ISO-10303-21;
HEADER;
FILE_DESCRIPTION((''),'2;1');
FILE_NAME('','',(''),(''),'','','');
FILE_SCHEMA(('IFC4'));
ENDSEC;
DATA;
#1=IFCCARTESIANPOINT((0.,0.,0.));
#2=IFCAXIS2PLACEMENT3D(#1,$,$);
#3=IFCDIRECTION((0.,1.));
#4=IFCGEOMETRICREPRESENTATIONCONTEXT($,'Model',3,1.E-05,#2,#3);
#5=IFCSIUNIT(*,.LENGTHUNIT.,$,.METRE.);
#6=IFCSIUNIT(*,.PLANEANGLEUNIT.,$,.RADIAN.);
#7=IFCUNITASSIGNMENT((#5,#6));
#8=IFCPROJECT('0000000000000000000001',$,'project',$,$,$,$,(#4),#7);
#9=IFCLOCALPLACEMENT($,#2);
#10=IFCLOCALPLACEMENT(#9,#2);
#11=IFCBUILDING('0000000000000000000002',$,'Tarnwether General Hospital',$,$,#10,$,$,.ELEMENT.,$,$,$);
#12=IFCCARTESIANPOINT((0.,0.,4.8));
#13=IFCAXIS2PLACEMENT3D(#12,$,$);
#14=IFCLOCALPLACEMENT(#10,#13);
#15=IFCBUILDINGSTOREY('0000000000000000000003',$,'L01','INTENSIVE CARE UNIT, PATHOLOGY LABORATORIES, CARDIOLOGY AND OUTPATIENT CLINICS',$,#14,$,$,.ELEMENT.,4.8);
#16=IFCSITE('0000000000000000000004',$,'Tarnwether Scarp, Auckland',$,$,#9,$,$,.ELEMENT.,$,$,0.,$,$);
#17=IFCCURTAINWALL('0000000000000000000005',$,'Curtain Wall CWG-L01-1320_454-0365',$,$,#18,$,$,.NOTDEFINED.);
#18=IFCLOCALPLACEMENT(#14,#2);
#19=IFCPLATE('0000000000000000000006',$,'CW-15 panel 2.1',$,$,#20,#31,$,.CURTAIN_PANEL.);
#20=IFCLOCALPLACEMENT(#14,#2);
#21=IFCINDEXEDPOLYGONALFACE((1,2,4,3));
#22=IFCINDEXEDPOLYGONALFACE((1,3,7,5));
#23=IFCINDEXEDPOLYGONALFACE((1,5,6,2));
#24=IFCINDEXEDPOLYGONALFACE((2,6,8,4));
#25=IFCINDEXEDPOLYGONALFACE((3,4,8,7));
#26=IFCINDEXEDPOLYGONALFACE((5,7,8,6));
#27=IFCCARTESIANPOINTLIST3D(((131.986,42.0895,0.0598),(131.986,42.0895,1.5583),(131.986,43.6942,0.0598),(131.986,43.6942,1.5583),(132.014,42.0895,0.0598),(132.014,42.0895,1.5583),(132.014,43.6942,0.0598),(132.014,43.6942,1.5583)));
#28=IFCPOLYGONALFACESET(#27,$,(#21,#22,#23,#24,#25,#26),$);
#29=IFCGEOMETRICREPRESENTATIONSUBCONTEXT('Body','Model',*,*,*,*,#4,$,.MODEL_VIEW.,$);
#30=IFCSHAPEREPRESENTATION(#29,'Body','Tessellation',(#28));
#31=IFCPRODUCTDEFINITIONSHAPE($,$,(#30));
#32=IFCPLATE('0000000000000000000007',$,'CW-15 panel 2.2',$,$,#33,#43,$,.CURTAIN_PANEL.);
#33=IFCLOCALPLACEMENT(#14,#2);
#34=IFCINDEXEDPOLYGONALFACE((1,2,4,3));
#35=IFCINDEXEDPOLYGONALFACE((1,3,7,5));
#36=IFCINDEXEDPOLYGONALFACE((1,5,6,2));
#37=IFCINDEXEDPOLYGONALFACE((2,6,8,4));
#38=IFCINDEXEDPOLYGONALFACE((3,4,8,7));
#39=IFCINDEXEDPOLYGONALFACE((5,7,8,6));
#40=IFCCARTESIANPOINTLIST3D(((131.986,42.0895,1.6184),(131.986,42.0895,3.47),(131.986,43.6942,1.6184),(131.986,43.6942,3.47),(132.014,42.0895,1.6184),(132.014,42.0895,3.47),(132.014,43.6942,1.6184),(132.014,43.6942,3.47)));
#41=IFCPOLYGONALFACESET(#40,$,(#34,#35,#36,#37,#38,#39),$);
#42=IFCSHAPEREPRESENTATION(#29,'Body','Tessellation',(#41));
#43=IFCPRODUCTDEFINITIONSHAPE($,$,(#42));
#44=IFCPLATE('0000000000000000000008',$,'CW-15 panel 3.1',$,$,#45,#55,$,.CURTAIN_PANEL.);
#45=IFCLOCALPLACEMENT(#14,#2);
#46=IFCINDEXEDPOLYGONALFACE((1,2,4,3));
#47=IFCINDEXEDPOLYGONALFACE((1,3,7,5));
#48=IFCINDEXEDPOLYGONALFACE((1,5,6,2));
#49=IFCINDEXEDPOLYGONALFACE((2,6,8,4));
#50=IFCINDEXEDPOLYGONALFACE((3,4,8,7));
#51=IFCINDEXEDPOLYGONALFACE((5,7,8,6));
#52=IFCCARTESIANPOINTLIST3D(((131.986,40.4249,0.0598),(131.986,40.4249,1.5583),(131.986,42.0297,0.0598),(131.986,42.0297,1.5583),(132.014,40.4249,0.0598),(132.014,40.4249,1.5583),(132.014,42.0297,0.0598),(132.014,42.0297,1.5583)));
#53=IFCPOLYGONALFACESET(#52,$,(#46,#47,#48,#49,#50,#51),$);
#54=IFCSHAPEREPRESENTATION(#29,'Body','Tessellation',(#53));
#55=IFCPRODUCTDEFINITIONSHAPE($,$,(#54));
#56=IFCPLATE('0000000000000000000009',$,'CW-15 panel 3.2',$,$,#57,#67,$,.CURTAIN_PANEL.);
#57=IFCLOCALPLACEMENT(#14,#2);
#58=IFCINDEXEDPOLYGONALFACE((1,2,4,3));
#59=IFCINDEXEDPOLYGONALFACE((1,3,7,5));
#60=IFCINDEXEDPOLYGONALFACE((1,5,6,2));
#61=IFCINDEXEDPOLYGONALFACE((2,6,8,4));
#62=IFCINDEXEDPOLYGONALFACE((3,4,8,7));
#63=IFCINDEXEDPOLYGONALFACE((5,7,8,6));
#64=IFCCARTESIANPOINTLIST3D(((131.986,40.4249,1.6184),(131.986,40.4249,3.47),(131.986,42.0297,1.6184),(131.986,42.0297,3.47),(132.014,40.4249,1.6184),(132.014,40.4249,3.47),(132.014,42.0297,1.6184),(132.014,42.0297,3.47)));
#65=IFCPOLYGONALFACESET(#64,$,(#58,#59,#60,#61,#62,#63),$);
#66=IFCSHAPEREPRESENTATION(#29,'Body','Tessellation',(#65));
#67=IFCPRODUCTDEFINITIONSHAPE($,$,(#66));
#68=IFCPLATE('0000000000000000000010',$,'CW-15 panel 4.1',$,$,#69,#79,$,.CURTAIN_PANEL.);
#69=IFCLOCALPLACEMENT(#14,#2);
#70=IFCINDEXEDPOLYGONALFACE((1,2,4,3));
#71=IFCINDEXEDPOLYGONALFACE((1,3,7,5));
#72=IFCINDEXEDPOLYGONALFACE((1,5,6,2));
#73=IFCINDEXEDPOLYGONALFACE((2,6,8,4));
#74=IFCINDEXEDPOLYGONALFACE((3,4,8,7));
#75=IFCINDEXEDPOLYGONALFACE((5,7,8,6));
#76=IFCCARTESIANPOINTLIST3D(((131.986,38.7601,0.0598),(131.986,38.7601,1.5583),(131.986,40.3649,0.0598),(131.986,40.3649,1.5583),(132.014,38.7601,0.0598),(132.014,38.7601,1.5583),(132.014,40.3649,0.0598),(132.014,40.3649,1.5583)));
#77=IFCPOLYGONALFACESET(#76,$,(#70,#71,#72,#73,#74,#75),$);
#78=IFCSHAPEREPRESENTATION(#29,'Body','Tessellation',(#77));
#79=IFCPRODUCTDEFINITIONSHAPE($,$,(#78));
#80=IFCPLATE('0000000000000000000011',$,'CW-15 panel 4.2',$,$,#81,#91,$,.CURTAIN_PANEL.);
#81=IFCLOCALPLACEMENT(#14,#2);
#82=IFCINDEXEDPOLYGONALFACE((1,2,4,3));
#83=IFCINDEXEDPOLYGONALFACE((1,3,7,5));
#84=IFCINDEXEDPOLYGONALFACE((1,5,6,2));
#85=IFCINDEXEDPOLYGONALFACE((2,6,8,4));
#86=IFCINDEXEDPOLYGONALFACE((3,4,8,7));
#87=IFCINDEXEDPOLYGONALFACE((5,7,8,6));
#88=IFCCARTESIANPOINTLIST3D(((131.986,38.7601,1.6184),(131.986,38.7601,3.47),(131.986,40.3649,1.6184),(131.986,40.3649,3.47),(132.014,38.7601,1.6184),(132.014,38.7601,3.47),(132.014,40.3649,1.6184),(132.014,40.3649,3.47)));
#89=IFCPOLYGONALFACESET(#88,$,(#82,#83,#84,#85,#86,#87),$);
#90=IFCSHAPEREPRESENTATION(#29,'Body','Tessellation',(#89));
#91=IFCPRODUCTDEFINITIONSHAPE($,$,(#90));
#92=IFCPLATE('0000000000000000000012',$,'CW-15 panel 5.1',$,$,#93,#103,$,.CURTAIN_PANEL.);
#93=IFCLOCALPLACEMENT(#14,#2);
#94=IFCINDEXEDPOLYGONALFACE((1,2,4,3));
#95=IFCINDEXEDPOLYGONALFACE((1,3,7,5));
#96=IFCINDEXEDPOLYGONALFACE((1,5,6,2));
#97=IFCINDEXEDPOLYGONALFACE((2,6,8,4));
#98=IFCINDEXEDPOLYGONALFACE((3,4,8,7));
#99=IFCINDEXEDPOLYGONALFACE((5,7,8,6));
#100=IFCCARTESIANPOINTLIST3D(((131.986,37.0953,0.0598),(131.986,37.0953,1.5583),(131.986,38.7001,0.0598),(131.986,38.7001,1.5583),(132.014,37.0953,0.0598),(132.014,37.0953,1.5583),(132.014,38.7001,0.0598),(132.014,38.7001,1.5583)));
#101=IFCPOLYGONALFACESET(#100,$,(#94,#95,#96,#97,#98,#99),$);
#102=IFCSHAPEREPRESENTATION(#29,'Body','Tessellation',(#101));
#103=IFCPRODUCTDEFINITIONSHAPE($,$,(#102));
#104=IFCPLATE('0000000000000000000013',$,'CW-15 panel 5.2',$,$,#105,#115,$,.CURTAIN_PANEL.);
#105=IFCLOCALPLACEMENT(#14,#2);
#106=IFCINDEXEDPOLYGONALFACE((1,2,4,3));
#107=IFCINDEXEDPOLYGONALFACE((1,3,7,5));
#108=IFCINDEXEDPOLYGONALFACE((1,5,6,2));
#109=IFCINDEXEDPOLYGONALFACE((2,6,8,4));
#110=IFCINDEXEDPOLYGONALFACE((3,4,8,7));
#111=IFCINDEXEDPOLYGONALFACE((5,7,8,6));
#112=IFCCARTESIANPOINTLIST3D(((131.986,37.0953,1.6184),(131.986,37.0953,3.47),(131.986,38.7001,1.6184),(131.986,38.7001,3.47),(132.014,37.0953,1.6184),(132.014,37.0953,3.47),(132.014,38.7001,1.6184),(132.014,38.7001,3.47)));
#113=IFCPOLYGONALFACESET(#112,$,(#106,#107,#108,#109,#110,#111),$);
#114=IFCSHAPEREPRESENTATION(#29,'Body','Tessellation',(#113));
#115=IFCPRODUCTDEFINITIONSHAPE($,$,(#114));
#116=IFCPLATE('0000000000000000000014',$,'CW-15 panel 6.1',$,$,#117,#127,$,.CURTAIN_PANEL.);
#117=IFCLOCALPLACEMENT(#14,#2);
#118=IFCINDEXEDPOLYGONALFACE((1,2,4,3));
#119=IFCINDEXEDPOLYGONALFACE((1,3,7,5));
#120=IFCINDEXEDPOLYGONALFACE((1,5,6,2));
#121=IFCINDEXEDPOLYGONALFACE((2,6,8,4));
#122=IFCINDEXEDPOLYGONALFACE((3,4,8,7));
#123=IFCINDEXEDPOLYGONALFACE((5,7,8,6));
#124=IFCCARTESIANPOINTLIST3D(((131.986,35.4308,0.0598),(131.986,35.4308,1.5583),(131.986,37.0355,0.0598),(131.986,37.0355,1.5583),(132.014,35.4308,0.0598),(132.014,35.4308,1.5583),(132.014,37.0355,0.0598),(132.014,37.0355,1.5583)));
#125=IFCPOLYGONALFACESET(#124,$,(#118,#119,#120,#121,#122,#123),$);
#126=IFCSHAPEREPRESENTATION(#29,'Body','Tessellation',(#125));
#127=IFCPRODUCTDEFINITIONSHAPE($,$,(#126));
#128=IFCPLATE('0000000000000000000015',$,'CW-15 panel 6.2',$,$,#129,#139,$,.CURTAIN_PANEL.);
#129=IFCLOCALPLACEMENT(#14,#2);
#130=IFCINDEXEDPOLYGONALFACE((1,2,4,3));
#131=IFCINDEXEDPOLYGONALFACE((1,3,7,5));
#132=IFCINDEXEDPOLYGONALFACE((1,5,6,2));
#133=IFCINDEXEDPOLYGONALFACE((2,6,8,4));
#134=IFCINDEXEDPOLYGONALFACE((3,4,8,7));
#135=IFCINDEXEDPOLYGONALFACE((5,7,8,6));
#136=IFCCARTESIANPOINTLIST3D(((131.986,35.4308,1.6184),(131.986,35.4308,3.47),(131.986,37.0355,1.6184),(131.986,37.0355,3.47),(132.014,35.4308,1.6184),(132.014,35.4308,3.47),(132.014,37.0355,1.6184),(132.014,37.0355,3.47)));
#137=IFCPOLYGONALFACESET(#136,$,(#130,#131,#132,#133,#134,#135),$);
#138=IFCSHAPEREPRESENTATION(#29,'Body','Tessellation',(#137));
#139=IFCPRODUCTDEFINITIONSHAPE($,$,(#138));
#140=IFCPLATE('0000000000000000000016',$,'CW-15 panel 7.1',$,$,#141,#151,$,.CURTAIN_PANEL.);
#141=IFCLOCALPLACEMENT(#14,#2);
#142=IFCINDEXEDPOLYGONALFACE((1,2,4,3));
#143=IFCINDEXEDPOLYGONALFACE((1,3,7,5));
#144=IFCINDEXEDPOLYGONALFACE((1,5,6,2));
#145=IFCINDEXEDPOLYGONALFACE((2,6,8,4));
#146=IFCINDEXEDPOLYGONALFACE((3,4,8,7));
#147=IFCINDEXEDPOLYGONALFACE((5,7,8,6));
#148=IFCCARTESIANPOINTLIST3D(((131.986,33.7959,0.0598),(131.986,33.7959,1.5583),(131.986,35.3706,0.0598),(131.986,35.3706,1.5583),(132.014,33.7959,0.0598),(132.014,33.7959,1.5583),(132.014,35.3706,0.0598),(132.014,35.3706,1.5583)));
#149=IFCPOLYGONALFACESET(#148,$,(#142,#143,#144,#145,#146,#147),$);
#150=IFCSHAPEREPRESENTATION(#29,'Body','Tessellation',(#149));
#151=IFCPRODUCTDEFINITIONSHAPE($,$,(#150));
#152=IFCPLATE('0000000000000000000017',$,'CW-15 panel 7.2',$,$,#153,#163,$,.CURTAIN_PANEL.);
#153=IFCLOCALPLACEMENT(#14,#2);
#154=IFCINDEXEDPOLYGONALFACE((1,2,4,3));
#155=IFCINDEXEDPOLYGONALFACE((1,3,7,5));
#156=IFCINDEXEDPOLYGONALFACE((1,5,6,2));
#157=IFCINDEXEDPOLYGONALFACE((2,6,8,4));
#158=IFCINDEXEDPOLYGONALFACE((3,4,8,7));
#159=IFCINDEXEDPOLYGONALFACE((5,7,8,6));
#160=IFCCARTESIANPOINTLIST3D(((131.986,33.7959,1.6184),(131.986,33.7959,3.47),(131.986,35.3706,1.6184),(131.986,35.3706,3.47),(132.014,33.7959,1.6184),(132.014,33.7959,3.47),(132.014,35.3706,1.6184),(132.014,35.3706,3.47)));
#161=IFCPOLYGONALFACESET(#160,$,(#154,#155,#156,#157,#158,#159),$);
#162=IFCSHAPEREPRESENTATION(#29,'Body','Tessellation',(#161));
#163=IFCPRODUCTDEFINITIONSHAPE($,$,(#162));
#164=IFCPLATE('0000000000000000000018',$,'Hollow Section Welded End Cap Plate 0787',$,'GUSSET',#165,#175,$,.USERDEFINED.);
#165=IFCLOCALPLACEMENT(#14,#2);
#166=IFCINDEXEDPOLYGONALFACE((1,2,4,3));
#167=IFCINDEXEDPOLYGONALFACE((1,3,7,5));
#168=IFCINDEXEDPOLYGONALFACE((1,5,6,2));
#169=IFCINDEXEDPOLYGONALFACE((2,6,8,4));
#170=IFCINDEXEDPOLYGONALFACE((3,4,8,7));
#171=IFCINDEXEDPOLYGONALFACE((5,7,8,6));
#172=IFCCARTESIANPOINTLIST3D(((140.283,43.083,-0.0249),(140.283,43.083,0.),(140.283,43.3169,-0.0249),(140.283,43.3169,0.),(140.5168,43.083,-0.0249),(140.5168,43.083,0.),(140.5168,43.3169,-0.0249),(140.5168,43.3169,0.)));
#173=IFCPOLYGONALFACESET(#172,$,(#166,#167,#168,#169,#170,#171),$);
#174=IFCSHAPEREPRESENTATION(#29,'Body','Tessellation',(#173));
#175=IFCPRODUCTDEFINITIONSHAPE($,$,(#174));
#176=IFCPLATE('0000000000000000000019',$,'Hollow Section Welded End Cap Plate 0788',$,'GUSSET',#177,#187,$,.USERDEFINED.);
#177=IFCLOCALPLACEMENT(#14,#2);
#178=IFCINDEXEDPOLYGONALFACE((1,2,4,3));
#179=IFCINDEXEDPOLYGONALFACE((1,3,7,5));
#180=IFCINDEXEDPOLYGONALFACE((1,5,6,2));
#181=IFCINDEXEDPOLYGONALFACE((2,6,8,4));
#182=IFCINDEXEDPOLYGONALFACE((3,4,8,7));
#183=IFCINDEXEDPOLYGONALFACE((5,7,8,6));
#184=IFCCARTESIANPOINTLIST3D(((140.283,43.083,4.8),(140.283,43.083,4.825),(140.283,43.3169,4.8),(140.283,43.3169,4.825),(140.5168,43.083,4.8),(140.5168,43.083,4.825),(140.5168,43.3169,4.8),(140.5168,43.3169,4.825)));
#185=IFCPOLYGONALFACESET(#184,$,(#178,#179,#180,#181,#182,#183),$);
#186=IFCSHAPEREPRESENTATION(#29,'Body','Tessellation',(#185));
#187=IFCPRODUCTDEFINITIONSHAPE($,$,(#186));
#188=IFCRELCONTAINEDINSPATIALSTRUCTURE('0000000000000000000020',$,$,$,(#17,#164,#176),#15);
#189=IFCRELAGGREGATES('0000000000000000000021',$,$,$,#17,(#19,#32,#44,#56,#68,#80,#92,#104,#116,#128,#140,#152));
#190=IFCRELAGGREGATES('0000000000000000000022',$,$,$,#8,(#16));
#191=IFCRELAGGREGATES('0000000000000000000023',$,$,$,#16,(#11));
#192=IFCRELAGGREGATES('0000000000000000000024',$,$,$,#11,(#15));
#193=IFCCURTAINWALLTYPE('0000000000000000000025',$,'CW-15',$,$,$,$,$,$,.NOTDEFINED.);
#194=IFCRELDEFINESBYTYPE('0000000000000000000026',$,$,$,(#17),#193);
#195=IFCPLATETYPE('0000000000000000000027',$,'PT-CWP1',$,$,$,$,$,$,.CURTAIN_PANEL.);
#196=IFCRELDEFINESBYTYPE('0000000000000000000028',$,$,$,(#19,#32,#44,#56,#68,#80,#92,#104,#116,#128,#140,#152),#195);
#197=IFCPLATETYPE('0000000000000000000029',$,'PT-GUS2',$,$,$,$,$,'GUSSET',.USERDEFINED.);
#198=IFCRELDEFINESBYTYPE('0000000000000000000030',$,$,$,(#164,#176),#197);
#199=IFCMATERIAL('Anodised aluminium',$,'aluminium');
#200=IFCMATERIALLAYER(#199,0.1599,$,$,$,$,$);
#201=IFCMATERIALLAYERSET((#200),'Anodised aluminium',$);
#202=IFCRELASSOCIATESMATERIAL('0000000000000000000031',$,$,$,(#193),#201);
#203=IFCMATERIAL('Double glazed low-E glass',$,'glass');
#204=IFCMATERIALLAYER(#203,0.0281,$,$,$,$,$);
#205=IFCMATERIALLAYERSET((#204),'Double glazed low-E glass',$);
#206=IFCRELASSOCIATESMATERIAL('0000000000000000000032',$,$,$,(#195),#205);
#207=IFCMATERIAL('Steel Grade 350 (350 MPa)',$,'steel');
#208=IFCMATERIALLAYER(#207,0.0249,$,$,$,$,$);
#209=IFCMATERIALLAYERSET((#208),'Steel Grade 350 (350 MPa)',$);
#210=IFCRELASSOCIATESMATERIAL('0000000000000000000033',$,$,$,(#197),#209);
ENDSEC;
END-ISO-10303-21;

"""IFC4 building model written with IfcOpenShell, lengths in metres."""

from ifc_helpers import new_model, si_unit, direction, frame, origin, origin_2d, place, context, subcontext, project, spatial, rectangle, extrude, material, layer, layer_set, type_object, element, aggregate, save


model = new_model("IFC4")

# Units and contexts
model_context = context("Model", 3, precision=1e-05, world=origin(), true_north=direction((0.0, 1.0)))
body_context = subcontext(model_context, "Body", "Model", "MODEL_VIEW")
ifc_project = project(units=[si_unit("LENGTHUNIT", "METRE"), si_unit("PLANEANGLEUNIT", "RADIAN")], contexts=[model_context])

# Site, building, storey
site_placement = place(None, origin())
site = spatial("IfcSite", under=ifc_project, at=site_placement, Name="Tarnwether Scarp, Auckland", CompositionType="ELEMENT", RefElevation=0.0)
building_placement = place(site_placement, origin())
building = spatial("IfcBuilding", under=site, at=building_placement, Name="Tarnwether General Hospital", CompositionType="ELEMENT")
storey_placement = place(building_placement, frame((0.0, 0.0, 4.8)))
storey = spatial("IfcBuildingStorey", under=building, at=storey_placement, Name="L01", Description="INTENSIVE CARE UNIT, PATHOLOGY LABORATORIES, CARDIOLOGY AND OUTPATIENT CLINICS", CompositionType="ELEMENT", Elevation=4.8)

# Curtain wall
ifc_material_1 = material(Name="Anodised aluminium", Category="aluminium")
ifc_layer_1 = layer(ifc_material_1, 0.1599)
ifc_layer_set_1 = layer_set([ifc_layer_1], Name="Anodised aluminium")
curtain_wall_type = type_object("IfcCurtainWallType", Name="CW-15", PredefinedType="NOTDEFINED", material=ifc_layer_set_1)
curtain_wall_1_placement = place(storey_placement, origin())
curtain_wall_1 = element("IfcCurtainWall", 1, at=curtain_wall_1_placement, inside=storey, type_object=curtain_wall_type, Name="Curtain Wall CWG-L01-1320_454-0365", PredefinedType="NOTDEFINED")

# Plates
ifc_material_2 = material(Name="Double glazed low-E glass", Category="glass")
ifc_layer_2 = layer(ifc_material_2, 0.0281)
ifc_layer_set_2 = layer_set([ifc_layer_2], Name="Double glazed low-E glass")
plate_type_1 = type_object("IfcPlateType", Name="PT-CWP1", PredefinedType="CURTAIN_PANEL", material=ifc_layer_set_2)
plate_1_placement = place(storey_placement, frame((132.0, 42.8918, 0.0598), z_axis=(0.0, 0.0, 1.0), x_axis=(0.0, -1.0, 0.0)))
plate_1 = element("IfcPlate", 2, at=plate_1_placement, type_object=plate_type_1, Name="CW-15 panel 2.1", PredefinedType="CURTAIN_PANEL", context=body_context, shape_type="SweptSolid", body=[
    extrude(rectangle(XDim=1.6047, YDim=0.0281, at=origin_2d()), origin(), (0.0, 0.0, 1.0), 1.4985),
])
plate_2_placement = place(storey_placement, frame((132.0, 42.8918, 1.6184), z_axis=(0.0, 0.0, 1.0), x_axis=(0.0, -1.0, 0.0)))
plate_2 = element("IfcPlate", 3, at=plate_2_placement, type_object=plate_type_1, Name="CW-15 panel 2.2", PredefinedType="CURTAIN_PANEL", context=body_context, shape_type="SweptSolid", body=[
    extrude(rectangle(XDim=1.6047, YDim=0.0281, at=origin_2d()), origin(), (0.0, 0.0, 1.0), 1.8516),
])
plate_3_placement = place(storey_placement, frame((132.0, 41.2273, 0.0598), z_axis=(0.0, 0.0, 1.0), x_axis=(0.0, -1.0, 0.0)))
plate_3 = element("IfcPlate", 4, at=plate_3_placement, type_object=plate_type_1, Name="CW-15 panel 3.1", PredefinedType="CURTAIN_PANEL", context=body_context, shape_type="SweptSolid", body=[
    extrude(rectangle(XDim=1.6047, YDim=0.0281, at=origin_2d()), origin(), (0.0, 0.0, 1.0), 1.4985),
])
plate_4_placement = place(storey_placement, frame((132.0, 41.2273, 1.6184), z_axis=(0.0, 0.0, 1.0), x_axis=(0.0, -1.0, 0.0)))
plate_4 = element("IfcPlate", 5, at=plate_4_placement, type_object=plate_type_1, Name="CW-15 panel 3.2", PredefinedType="CURTAIN_PANEL", context=body_context, shape_type="SweptSolid", body=[
    extrude(rectangle(XDim=1.6047, YDim=0.0281, at=origin_2d()), origin(), (0.0, 0.0, 1.0), 1.8516),
])
plate_5_placement = place(storey_placement, frame((132.0, 39.5625, 0.0598), z_axis=(0.0, 0.0, 1.0), x_axis=(0.0, -1.0, 0.0)))
plate_5 = element("IfcPlate", 6, at=plate_5_placement, type_object=plate_type_1, Name="CW-15 panel 4.1", PredefinedType="CURTAIN_PANEL", context=body_context, shape_type="SweptSolid", body=[
    extrude(rectangle(XDim=1.6047, YDim=0.0281, at=origin_2d()), origin(), (0.0, 0.0, 1.0), 1.4985),
])
plate_6_placement = place(storey_placement, frame((132.0, 39.5625, 1.6184), z_axis=(0.0, 0.0, 1.0), x_axis=(0.0, -1.0, 0.0)))
plate_6 = element("IfcPlate", 7, at=plate_6_placement, type_object=plate_type_1, Name="CW-15 panel 4.2", PredefinedType="CURTAIN_PANEL", context=body_context, shape_type="SweptSolid", body=[
    extrude(rectangle(XDim=1.6047, YDim=0.0281, at=origin_2d()), origin(), (0.0, 0.0, 1.0), 1.8516),
])
plate_7_placement = place(storey_placement, frame((132.0, 37.8977, 0.0598), z_axis=(0.0, 0.0, 1.0), x_axis=(0.0, -1.0, 0.0)))
plate_7 = element("IfcPlate", 8, at=plate_7_placement, type_object=plate_type_1, Name="CW-15 panel 5.1", PredefinedType="CURTAIN_PANEL", context=body_context, shape_type="SweptSolid", body=[
    extrude(rectangle(XDim=1.6047, YDim=0.0281, at=origin_2d()), origin(), (0.0, 0.0, 1.0), 1.4985),
])
plate_8_placement = place(storey_placement, frame((132.0, 37.8977, 1.6184), z_axis=(0.0, 0.0, 1.0), x_axis=(0.0, -1.0, 0.0)))
plate_8 = element("IfcPlate", 9, at=plate_8_placement, type_object=plate_type_1, Name="CW-15 panel 5.2", PredefinedType="CURTAIN_PANEL", context=body_context, shape_type="SweptSolid", body=[
    extrude(rectangle(XDim=1.6047, YDim=0.0281, at=origin_2d()), origin(), (0.0, 0.0, 1.0), 1.8516),
])
plate_9_placement = place(storey_placement, frame((132.0, 36.2332, 0.0598), z_axis=(0.0, 0.0, 1.0), x_axis=(0.0, -1.0, 0.0)))
plate_9 = element("IfcPlate", 10, at=plate_9_placement, type_object=plate_type_1, Name="CW-15 panel 6.1", PredefinedType="CURTAIN_PANEL", context=body_context, shape_type="SweptSolid", body=[
    extrude(rectangle(XDim=1.6047, YDim=0.0281, at=origin_2d()), origin(), (0.0, 0.0, 1.0), 1.4985),
])
plate_10_placement = place(storey_placement, frame((132.0, 36.2332, 1.6184), z_axis=(0.0, 0.0, 1.0), x_axis=(0.0, -1.0, 0.0)))
plate_10 = element("IfcPlate", 11, at=plate_10_placement, type_object=plate_type_1, Name="CW-15 panel 6.2", PredefinedType="CURTAIN_PANEL", context=body_context, shape_type="SweptSolid", body=[
    extrude(rectangle(XDim=1.6047, YDim=0.0281, at=origin_2d()), origin(), (0.0, 0.0, 1.0), 1.8516),
])
plate_11_placement = place(storey_placement, frame((132.0, 34.5833, 0.0598), z_axis=(0.0, 0.0, 1.0), x_axis=(0.0, -1.0, 0.0)))
plate_11 = element("IfcPlate", 12, at=plate_11_placement, type_object=plate_type_1, Name="CW-15 panel 7.1", PredefinedType="CURTAIN_PANEL", context=body_context, shape_type="SweptSolid", body=[
    extrude(rectangle(XDim=1.5747, YDim=0.0281, at=origin_2d()), origin(), (0.0, 0.0, 1.0), 1.4985),
])
plate_12_placement = place(storey_placement, frame((132.0, 34.5833, 1.6184), z_axis=(0.0, 0.0, 1.0), x_axis=(0.0, -1.0, 0.0)))
plate_12 = element("IfcPlate", 13, at=plate_12_placement, type_object=plate_type_1, Name="CW-15 panel 7.2", PredefinedType="CURTAIN_PANEL", context=body_context, shape_type="SweptSolid", body=[
    extrude(rectangle(XDim=1.5747, YDim=0.0281, at=origin_2d()), origin(), (0.0, 0.0, 1.0), 1.8516),
])
aggregate(curtain_wall_1, [plate_1, plate_2, plate_3, plate_4, plate_5, plate_6, plate_7, plate_8, plate_9, plate_10, plate_11, plate_12])

# Plates
ifc_material_3 = material(Name="Steel Grade 350 (350 MPa)", Category="steel")
ifc_layer_3 = layer(ifc_material_3, 0.0249)
ifc_layer_set_3 = layer_set([ifc_layer_3], Name="Steel Grade 350 (350 MPa)")
plate_type_2 = type_object("IfcPlateType", Name="PT-GUS2", ElementType="GUSSET", PredefinedType="USERDEFINED", material=ifc_layer_set_3)
for number, where, z_axis, x_axis, name in (
    (14, (140.3999, 43.2, -0.0249), (0.0, 0.0, 1.0), (1.0, 0.0, 0.0), "Hollow Section Welded End Cap Plate 0787"),
    (15, (140.3999, 43.2, 4.8), (0.0, 0.0, 1.0), (1.0, 0.0, 0.0), "Hollow Section Welded End Cap Plate 0788"),
):
    element("IfcPlate", number, at=place(storey_placement, frame(where, z_axis=z_axis, x_axis=x_axis)), inside=storey, type_object=plate_type_2, Name=name, ObjectType="GUSSET", PredefinedType="USERDEFINED", context=body_context, shape_type="SweptSolid", body=[
        extrude(rectangle(XDim=0.2339, YDim=0.2339, at=origin_2d()), origin(), (0.0, 0.0, 1.0), 0.0249),
    ])

save(model, "model.ifc")
